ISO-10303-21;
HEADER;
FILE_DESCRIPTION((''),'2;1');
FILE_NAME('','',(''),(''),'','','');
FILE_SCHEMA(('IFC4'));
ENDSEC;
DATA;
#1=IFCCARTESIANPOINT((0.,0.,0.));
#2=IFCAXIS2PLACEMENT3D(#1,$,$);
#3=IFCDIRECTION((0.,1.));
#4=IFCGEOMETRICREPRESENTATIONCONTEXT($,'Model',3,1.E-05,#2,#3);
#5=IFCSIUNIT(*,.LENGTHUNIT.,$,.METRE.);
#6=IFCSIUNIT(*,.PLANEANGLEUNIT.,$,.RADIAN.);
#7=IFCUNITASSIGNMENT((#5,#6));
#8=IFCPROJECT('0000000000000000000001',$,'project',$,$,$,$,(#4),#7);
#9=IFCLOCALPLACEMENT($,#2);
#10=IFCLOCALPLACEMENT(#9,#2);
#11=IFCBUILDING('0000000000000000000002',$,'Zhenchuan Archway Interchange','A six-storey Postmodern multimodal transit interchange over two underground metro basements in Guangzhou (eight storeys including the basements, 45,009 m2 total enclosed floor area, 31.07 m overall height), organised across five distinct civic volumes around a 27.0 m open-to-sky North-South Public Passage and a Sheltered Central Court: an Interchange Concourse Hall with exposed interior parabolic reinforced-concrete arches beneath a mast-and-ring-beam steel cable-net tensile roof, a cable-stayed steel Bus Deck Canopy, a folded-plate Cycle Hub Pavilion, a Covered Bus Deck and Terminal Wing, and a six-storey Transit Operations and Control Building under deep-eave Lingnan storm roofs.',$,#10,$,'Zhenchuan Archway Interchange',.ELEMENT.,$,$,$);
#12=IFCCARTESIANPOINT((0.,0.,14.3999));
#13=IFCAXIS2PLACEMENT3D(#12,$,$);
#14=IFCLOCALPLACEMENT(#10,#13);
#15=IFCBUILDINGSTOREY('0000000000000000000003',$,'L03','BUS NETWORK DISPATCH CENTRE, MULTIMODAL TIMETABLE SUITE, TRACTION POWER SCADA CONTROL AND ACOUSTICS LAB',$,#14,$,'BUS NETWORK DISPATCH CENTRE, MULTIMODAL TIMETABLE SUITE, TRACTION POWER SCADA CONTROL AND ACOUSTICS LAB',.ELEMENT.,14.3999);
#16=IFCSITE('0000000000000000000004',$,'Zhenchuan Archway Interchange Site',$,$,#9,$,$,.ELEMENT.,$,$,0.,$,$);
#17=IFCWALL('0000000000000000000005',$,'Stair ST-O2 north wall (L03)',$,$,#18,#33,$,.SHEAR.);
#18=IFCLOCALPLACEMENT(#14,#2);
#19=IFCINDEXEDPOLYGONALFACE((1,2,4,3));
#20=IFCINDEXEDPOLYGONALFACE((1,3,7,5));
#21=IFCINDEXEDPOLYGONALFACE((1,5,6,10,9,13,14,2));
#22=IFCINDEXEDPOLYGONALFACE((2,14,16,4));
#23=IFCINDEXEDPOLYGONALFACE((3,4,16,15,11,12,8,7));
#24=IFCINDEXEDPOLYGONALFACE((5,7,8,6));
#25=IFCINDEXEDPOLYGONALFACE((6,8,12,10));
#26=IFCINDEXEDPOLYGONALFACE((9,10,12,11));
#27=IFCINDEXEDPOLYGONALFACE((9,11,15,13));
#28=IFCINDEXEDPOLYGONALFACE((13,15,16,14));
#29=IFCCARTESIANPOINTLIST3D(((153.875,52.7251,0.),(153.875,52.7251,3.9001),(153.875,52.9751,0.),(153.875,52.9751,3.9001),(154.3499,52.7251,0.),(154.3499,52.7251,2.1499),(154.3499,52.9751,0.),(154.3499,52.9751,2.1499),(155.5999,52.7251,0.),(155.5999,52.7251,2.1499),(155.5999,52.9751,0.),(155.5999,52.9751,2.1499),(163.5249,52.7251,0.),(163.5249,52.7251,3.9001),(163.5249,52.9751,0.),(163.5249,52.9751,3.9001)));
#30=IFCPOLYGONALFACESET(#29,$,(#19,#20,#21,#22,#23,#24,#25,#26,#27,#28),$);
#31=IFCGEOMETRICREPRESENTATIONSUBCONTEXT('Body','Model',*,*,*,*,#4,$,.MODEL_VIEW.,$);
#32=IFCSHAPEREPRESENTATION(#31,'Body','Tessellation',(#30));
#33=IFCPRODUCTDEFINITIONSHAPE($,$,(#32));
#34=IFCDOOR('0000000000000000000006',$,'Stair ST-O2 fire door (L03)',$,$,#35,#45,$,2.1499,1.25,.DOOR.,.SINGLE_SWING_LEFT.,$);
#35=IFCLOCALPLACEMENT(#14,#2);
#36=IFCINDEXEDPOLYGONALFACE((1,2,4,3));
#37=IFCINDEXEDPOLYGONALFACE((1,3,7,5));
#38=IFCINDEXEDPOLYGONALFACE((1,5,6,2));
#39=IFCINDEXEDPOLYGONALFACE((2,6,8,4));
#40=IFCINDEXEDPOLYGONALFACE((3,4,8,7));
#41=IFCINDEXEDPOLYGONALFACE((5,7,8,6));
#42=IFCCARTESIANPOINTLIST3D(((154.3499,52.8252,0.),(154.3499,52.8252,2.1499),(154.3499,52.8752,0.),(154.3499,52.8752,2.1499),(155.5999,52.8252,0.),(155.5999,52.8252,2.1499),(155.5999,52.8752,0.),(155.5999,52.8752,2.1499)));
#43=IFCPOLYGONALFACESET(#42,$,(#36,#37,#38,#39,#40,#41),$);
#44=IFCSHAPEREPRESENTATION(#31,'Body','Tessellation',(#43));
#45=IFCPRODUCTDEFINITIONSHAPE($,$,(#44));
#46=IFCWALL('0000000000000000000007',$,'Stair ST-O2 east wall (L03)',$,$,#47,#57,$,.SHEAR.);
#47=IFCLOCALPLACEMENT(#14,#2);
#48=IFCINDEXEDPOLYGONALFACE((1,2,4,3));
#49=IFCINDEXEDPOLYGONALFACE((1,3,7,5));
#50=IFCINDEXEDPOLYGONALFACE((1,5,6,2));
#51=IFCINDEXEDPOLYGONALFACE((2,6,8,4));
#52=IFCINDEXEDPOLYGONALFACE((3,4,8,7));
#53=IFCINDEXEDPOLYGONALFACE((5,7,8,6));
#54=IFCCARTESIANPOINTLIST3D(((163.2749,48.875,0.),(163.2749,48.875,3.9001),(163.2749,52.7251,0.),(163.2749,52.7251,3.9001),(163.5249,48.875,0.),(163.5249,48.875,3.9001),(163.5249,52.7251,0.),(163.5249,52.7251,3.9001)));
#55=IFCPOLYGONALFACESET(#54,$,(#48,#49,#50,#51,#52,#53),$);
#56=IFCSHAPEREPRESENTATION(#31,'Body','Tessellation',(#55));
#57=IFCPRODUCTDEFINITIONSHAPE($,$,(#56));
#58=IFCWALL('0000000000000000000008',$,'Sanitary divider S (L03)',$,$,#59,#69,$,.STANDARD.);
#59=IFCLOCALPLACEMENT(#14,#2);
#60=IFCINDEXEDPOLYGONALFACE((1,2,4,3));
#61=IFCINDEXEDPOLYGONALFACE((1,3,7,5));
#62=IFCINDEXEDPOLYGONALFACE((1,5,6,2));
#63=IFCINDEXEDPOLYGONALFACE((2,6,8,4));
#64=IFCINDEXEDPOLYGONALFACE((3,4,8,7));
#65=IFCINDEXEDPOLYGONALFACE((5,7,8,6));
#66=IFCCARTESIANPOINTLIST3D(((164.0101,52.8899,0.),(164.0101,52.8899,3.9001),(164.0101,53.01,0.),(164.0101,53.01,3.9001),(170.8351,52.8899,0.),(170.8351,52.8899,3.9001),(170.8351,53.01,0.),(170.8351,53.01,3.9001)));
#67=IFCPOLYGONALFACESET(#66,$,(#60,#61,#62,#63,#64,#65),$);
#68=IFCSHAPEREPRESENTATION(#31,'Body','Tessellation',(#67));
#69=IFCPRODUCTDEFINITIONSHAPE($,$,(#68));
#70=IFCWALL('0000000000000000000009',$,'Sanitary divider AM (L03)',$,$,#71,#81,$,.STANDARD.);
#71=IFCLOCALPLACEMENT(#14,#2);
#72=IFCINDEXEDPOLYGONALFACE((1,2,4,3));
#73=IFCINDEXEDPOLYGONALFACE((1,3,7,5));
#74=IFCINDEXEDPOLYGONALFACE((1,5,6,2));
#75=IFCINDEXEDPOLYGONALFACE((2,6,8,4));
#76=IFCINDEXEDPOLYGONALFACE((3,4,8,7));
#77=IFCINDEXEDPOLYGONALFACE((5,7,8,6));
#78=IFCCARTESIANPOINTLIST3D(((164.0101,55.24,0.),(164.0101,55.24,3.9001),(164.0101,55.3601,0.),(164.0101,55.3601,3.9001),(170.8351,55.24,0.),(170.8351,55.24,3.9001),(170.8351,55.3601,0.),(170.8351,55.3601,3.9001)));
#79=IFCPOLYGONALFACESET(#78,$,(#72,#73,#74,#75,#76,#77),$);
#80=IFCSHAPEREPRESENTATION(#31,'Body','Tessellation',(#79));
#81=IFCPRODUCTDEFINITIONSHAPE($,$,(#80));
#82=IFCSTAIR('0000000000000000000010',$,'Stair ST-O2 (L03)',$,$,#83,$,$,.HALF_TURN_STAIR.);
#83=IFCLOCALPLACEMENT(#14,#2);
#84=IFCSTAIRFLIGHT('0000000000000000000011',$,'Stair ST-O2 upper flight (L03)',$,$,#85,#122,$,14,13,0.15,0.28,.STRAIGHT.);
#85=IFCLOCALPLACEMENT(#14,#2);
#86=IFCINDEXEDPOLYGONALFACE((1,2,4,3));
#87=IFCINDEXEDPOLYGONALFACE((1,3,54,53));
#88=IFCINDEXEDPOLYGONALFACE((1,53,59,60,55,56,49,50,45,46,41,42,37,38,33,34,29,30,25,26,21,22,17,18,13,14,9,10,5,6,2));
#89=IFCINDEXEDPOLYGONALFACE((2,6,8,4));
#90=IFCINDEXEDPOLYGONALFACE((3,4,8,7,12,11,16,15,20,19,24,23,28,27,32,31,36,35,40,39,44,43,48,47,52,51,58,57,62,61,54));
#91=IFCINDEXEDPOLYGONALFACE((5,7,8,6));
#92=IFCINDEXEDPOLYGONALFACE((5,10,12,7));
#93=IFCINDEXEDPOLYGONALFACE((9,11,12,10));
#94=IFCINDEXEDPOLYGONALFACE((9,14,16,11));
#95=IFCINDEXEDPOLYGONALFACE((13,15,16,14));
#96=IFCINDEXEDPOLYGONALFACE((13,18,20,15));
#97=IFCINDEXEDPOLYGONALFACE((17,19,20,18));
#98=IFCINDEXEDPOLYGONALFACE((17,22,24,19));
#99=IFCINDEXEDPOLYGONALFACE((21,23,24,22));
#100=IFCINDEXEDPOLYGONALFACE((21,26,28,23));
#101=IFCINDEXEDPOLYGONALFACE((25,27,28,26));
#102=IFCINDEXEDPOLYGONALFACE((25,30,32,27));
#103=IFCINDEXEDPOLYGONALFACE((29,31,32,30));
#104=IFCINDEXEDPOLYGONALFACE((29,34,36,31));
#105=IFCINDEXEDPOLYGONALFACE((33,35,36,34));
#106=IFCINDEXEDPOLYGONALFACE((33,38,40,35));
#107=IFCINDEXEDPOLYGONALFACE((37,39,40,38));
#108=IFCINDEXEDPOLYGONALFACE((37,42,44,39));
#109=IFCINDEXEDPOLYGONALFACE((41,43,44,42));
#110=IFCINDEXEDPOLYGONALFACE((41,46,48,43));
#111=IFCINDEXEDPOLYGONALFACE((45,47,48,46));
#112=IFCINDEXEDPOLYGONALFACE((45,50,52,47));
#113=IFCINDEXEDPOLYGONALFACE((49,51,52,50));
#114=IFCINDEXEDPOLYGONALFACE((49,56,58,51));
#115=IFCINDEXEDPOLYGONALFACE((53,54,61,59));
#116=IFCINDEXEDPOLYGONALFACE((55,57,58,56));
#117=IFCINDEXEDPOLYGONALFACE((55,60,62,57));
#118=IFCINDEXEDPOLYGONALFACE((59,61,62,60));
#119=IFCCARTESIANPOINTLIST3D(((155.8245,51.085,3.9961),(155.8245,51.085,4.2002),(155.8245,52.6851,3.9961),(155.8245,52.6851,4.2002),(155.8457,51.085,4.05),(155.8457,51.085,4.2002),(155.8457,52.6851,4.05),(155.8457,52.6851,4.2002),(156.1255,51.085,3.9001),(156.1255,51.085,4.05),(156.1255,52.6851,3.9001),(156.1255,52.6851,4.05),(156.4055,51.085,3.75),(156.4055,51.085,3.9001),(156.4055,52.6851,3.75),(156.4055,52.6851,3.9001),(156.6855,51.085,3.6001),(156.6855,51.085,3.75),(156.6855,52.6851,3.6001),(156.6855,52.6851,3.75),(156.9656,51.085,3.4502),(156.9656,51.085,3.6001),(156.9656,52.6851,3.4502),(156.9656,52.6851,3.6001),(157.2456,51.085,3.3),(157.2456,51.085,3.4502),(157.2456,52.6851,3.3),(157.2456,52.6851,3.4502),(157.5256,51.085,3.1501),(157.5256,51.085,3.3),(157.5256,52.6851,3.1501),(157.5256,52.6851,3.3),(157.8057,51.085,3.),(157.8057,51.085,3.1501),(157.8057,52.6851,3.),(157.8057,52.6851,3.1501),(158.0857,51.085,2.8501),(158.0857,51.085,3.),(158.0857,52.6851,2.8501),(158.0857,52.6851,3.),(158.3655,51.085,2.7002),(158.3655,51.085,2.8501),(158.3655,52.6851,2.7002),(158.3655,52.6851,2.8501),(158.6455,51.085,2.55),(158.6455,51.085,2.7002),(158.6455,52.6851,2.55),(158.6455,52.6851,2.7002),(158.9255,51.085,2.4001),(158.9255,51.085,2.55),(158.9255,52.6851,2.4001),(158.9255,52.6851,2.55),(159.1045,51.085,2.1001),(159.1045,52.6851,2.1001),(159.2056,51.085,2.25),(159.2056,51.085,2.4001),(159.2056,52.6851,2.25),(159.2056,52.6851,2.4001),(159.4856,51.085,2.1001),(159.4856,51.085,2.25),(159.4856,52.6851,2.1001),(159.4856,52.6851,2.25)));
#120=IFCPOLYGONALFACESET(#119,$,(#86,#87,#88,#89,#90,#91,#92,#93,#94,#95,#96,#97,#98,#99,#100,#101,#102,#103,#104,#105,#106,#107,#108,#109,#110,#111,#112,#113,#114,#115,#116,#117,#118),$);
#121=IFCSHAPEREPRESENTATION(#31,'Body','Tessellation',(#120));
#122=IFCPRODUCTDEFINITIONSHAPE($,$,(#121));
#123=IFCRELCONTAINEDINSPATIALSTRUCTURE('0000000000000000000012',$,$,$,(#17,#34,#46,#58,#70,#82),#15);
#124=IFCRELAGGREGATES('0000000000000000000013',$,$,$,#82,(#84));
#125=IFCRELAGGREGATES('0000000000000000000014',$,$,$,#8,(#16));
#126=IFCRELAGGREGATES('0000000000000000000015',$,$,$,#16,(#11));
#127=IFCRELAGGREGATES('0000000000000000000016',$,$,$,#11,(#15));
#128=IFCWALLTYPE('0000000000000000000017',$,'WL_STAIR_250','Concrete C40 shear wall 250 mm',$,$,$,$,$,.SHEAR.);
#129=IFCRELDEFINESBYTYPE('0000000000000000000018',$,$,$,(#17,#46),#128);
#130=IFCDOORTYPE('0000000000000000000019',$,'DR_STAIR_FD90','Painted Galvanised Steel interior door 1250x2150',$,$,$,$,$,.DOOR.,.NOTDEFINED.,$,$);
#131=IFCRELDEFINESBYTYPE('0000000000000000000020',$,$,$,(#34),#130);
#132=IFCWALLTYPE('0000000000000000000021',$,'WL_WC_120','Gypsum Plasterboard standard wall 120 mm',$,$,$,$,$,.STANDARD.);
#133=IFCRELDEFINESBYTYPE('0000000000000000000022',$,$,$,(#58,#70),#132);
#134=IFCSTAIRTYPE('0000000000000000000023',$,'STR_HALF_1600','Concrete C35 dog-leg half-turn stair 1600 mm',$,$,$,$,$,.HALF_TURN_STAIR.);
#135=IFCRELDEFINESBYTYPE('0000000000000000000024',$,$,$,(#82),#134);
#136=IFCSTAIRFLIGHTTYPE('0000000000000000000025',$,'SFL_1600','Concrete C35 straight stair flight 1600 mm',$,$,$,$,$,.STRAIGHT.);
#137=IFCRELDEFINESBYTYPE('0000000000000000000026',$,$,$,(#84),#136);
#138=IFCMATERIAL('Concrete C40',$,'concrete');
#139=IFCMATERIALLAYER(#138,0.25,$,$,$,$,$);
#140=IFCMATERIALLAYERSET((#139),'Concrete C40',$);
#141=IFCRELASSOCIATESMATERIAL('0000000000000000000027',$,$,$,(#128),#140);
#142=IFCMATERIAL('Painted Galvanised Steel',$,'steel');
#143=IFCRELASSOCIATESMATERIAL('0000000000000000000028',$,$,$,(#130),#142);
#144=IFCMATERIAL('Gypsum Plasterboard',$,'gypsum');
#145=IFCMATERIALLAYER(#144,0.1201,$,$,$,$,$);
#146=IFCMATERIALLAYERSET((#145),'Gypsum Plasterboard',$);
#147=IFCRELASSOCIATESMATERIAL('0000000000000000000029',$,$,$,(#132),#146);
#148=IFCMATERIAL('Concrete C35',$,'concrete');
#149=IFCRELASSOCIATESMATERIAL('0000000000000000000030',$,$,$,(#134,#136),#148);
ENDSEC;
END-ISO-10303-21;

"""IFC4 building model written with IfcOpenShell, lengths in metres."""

from ifc_helpers import new_model, si_unit, direction, frame, frame_2d, origin, place, context, subcontext, project, spatial, polyline, rectangle, outline, extrude, material, layer, layer_set, type_object, element, fill, aggregate, save


model = new_model("IFC4")

# Units and contexts
model_context = context("Model", 3, precision=1e-05, world=origin(), true_north=direction((0.0, 1.0)))
body_context = subcontext(model_context, "Body", "Model", "MODEL_VIEW")
ifc_project = project(units=[si_unit("LENGTHUNIT", "METRE"), si_unit("PLANEANGLEUNIT", "RADIAN")], contexts=[model_context])

# Site, building, storey
site_placement = place(None, origin())
site = spatial("IfcSite", under=ifc_project, at=site_placement, Name="Zhenchuan Archway Interchange Site", CompositionType="ELEMENT", RefElevation=0.0)
building_placement = place(site_placement, origin())
building = spatial("IfcBuilding", under=site, at=building_placement, Name="Zhenchuan Archway Interchange", Description="A six-storey Postmodern multimodal transit interchange over two underground metro basements in Guangzhou (eight storeys including the basements, 45,009 m2 total enclosed floor area, 31.07 m overall height), organised across five distinct civic volumes around a 27.0 m open-to-sky North-South Public Passage and a Sheltered Central Court: an Interchange Concourse Hall with exposed interior parabolic reinforced-concrete arches beneath a mast-and-ring-beam steel cable-net tensile roof, a cable-stayed steel Bus Deck Canopy, a folded-plate Cycle Hub Pavilion, a Covered Bus Deck and Terminal Wing, and a six-storey Transit Operations and Control Building under deep-eave Lingnan storm roofs.", LongName="Zhenchuan Archway Interchange", CompositionType="ELEMENT")
storey_placement = place(building_placement, frame((0.0, 0.0, 14.3999)))
storey = spatial("IfcBuildingStorey", under=building, at=storey_placement, Name="L03", Description="BUS NETWORK DISPATCH CENTRE, MULTIMODAL TIMETABLE SUITE, TRACTION POWER SCADA CONTROL AND ACOUSTICS LAB", LongName="BUS NETWORK DISPATCH CENTRE, MULTIMODAL TIMETABLE SUITE, TRACTION POWER SCADA CONTROL AND ACOUSTICS LAB", CompositionType="ELEMENT", Elevation=14.3999)

# Wall, opening, door
ifc_material_1 = material(Name="Concrete C40", Category="concrete")
ifc_layer_1 = layer(ifc_material_1, 0.25)
ifc_layer_set_1 = layer_set([ifc_layer_1], Name="Concrete C40")
wall_type_1 = type_object("IfcWallType", Name="WL_STAIR_250", Description="Concrete C40 shear wall 250 mm", PredefinedType="SHEAR", material=ifc_layer_set_1)
wall_1_placement = place(storey_placement, frame((163.5249, 52.8501, 0.0), z_axis=(0.0, 0.0, 1.0), x_axis=(-1.0, 0.0, 0.0)))
wall_1 = element("IfcWall", 1, at=wall_1_placement, inside=storey, type_object=wall_type_1, Name="Stair ST-O2 north wall (L03)", PredefinedType="SHEAR", context=body_context, shape_type="SweptSolid", body=[
    extrude(rectangle(XDim=9.6499, YDim=0.25, at=frame_2d((4.825, 0.0))), origin(), (0.0, 0.0, 1.0), 3.9001),
])
opening_1_placement = place(wall_1_placement, frame((7.925, 0.0, 0.0)))
opening_1 = element("IfcOpeningElement", 2, at=opening_1_placement, cuts=wall_1, PredefinedType="OPENING", context=body_context, shape_type="SweptSolid", body=[
    extrude(rectangle(XDim=1.25, YDim=2.1499, at=frame_2d((0.625, 1.075))), frame((0.0, 0.137, 0.0), z_axis=(0.0, -1.0, 0.0), x_axis=(1.0, 0.0, 0.0)), (0.0, 0.0, 1.0), 0.2739),
])
ifc_material_2 = material(Name="Painted Galvanised Steel", Category="steel")
door_type_1 = type_object("IfcDoorType", Name="DR_STAIR_FD90", Description="Painted Galvanised Steel interior door 1250x2150", OperationType="NOTDEFINED", PredefinedType="DOOR", material=ifc_material_2)
door_1_placement = place(opening_1_placement, origin())
door_1 = element("IfcDoor", 3, at=door_1_placement, inside=storey, type_object=door_type_1, Name="Stair ST-O2 fire door (L03)", OperationType="SINGLE_SWING_LEFT", OverallHeight=2.1499, OverallWidth=1.25, PredefinedType="DOOR", context=body_context, shape_type="SweptSolid", body=[
    extrude(rectangle(XDim=1.25, YDim=2.1499, at=frame_2d((0.625, 1.075))), frame((0.0, 0.0249, 0.0), z_axis=(0.0, -1.0, 0.0), x_axis=(1.0, 0.0, 0.0)), (0.0, 0.0, 1.0), 0.05),
])
fill(opening_1, door_1)

# Walls
wall_2_placement = place(storey_placement, frame((163.3999, 48.875, 0.0), z_axis=(0.0, 0.0, 1.0), x_axis=(0.0, 1.0, 0.0)))
element("IfcWall", 4, at=wall_2_placement, inside=storey, type_object=wall_type_1, Name="Stair ST-O2 east wall (L03)", PredefinedType="SHEAR", context=body_context, shape_type="SweptSolid", body=[
    extrude(rectangle(XDim=3.8501, YDim=0.25, at=frame_2d((1.925, 0.0))), origin(), (0.0, 0.0, 1.0), 3.9001),
])
ifc_material_3 = material(Name="Gypsum Plasterboard", Category="gypsum")
ifc_layer_2 = layer(ifc_material_3, 0.1201)
ifc_layer_set_2 = layer_set([ifc_layer_2], Name="Gypsum Plasterboard")
wall_type_2 = type_object("IfcWallType", Name="WL_WC_120", Description="Gypsum Plasterboard standard wall 120 mm", PredefinedType="STANDARD", material=ifc_layer_set_2)
for number, where, z_axis, x_axis, name in (
    (5, (164.01, 52.95, 0.0), (0.0, 0.0, 1.0), (1.0, 0.0, 0.0), "Sanitary divider S (L03)"),
    (6, (164.01, 55.3, 0.0), (0.0, 0.0, 1.0), (1.0, 0.0, 0.0), "Sanitary divider AM (L03)"),
):
    element("IfcWall", number, at=place(storey_placement, frame(where, z_axis=z_axis, x_axis=x_axis)), inside=storey, type_object=wall_type_2, Name=name, PredefinedType="STANDARD", context=body_context, shape_type="SweptSolid", body=[
        extrude(rectangle(XDim=6.825, YDim=0.1201, at=frame_2d((3.4126, 0.0))), origin(), (0.0, 0.0, 1.0), 3.9001),
    ])

# Stair, stair flight
ifc_material_4 = material(Name="Concrete C35", Category="concrete")
stair_type = type_object("IfcStairType", Name="STR_HALF_1600", Description="Concrete C35 dog-leg half-turn stair 1600 mm", PredefinedType="HALF_TURN_STAIR", material=ifc_material_4)
stair_placement = place(storey_placement, origin())
stair = element("IfcStair", 7, at=stair_placement, inside=storey, type_object=stair_type, Name="Stair ST-O2 (L03)", PredefinedType="HALF_TURN_STAIR")
stair_flight_type = type_object("IfcStairFlightType", Name="SFL_1600", Description="Concrete C35 straight stair flight 1600 mm", PredefinedType="STRAIGHT", material=ifc_material_4)
stair_flight_placement = place(storey_placement, frame((159.4856, 51.885, 2.1001), z_axis=(0.0, 0.0, 1.0), x_axis=(-1.0, 0.0, 0.0)))
stair_flight = element("IfcStairFlight", 8, at=stair_flight_placement, type_object=stair_flight_type, Name="Stair ST-O2 upper flight (L03)", NumberOfRisers=14, NumberOfTreads=13, PredefinedType="STRAIGHT", RiserHeight=0.15, TreadLength=0.28, context=body_context, shape_type="SweptSolid", body=[
    extrude(outline(polyline([(0.0, 0.0), (0.0, 0.1499), (0.28, 0.1499), (0.28, 0.3), (0.5601, 0.3), (0.5601, 0.45), (0.8401, 0.45), (0.8401, 0.6001), (1.1201, 0.6001), (1.1201, 0.75), (1.3999, 0.75), (1.3999, 0.8999), (1.6799, 0.8999), (1.6799, 1.05), (1.96, 1.05), (1.96, 1.2), (2.24, 1.2), (2.24, 1.3501), (2.52, 1.3501), (2.52, 1.5), (2.8, 1.5), (2.8, 1.6499), (3.0801, 1.6499), (3.0801, 1.8), (3.3601, 1.8), (3.3601, 1.95), (3.6399, 1.95), (3.6399, 2.1001), (3.6611, 2.1001), (3.6611, 1.896), (0.3811, 0.0), (0.0, 0.0)])), frame((0.0, 0.8, 0.0), z_axis=(0.0, -1.0, 0.0), x_axis=(1.0, 0.0, 0.0)), (0.0, 0.0, 1.0), 1.6001),
])
aggregate(stair, [stair_flight])

save(model, "model.ifc")
